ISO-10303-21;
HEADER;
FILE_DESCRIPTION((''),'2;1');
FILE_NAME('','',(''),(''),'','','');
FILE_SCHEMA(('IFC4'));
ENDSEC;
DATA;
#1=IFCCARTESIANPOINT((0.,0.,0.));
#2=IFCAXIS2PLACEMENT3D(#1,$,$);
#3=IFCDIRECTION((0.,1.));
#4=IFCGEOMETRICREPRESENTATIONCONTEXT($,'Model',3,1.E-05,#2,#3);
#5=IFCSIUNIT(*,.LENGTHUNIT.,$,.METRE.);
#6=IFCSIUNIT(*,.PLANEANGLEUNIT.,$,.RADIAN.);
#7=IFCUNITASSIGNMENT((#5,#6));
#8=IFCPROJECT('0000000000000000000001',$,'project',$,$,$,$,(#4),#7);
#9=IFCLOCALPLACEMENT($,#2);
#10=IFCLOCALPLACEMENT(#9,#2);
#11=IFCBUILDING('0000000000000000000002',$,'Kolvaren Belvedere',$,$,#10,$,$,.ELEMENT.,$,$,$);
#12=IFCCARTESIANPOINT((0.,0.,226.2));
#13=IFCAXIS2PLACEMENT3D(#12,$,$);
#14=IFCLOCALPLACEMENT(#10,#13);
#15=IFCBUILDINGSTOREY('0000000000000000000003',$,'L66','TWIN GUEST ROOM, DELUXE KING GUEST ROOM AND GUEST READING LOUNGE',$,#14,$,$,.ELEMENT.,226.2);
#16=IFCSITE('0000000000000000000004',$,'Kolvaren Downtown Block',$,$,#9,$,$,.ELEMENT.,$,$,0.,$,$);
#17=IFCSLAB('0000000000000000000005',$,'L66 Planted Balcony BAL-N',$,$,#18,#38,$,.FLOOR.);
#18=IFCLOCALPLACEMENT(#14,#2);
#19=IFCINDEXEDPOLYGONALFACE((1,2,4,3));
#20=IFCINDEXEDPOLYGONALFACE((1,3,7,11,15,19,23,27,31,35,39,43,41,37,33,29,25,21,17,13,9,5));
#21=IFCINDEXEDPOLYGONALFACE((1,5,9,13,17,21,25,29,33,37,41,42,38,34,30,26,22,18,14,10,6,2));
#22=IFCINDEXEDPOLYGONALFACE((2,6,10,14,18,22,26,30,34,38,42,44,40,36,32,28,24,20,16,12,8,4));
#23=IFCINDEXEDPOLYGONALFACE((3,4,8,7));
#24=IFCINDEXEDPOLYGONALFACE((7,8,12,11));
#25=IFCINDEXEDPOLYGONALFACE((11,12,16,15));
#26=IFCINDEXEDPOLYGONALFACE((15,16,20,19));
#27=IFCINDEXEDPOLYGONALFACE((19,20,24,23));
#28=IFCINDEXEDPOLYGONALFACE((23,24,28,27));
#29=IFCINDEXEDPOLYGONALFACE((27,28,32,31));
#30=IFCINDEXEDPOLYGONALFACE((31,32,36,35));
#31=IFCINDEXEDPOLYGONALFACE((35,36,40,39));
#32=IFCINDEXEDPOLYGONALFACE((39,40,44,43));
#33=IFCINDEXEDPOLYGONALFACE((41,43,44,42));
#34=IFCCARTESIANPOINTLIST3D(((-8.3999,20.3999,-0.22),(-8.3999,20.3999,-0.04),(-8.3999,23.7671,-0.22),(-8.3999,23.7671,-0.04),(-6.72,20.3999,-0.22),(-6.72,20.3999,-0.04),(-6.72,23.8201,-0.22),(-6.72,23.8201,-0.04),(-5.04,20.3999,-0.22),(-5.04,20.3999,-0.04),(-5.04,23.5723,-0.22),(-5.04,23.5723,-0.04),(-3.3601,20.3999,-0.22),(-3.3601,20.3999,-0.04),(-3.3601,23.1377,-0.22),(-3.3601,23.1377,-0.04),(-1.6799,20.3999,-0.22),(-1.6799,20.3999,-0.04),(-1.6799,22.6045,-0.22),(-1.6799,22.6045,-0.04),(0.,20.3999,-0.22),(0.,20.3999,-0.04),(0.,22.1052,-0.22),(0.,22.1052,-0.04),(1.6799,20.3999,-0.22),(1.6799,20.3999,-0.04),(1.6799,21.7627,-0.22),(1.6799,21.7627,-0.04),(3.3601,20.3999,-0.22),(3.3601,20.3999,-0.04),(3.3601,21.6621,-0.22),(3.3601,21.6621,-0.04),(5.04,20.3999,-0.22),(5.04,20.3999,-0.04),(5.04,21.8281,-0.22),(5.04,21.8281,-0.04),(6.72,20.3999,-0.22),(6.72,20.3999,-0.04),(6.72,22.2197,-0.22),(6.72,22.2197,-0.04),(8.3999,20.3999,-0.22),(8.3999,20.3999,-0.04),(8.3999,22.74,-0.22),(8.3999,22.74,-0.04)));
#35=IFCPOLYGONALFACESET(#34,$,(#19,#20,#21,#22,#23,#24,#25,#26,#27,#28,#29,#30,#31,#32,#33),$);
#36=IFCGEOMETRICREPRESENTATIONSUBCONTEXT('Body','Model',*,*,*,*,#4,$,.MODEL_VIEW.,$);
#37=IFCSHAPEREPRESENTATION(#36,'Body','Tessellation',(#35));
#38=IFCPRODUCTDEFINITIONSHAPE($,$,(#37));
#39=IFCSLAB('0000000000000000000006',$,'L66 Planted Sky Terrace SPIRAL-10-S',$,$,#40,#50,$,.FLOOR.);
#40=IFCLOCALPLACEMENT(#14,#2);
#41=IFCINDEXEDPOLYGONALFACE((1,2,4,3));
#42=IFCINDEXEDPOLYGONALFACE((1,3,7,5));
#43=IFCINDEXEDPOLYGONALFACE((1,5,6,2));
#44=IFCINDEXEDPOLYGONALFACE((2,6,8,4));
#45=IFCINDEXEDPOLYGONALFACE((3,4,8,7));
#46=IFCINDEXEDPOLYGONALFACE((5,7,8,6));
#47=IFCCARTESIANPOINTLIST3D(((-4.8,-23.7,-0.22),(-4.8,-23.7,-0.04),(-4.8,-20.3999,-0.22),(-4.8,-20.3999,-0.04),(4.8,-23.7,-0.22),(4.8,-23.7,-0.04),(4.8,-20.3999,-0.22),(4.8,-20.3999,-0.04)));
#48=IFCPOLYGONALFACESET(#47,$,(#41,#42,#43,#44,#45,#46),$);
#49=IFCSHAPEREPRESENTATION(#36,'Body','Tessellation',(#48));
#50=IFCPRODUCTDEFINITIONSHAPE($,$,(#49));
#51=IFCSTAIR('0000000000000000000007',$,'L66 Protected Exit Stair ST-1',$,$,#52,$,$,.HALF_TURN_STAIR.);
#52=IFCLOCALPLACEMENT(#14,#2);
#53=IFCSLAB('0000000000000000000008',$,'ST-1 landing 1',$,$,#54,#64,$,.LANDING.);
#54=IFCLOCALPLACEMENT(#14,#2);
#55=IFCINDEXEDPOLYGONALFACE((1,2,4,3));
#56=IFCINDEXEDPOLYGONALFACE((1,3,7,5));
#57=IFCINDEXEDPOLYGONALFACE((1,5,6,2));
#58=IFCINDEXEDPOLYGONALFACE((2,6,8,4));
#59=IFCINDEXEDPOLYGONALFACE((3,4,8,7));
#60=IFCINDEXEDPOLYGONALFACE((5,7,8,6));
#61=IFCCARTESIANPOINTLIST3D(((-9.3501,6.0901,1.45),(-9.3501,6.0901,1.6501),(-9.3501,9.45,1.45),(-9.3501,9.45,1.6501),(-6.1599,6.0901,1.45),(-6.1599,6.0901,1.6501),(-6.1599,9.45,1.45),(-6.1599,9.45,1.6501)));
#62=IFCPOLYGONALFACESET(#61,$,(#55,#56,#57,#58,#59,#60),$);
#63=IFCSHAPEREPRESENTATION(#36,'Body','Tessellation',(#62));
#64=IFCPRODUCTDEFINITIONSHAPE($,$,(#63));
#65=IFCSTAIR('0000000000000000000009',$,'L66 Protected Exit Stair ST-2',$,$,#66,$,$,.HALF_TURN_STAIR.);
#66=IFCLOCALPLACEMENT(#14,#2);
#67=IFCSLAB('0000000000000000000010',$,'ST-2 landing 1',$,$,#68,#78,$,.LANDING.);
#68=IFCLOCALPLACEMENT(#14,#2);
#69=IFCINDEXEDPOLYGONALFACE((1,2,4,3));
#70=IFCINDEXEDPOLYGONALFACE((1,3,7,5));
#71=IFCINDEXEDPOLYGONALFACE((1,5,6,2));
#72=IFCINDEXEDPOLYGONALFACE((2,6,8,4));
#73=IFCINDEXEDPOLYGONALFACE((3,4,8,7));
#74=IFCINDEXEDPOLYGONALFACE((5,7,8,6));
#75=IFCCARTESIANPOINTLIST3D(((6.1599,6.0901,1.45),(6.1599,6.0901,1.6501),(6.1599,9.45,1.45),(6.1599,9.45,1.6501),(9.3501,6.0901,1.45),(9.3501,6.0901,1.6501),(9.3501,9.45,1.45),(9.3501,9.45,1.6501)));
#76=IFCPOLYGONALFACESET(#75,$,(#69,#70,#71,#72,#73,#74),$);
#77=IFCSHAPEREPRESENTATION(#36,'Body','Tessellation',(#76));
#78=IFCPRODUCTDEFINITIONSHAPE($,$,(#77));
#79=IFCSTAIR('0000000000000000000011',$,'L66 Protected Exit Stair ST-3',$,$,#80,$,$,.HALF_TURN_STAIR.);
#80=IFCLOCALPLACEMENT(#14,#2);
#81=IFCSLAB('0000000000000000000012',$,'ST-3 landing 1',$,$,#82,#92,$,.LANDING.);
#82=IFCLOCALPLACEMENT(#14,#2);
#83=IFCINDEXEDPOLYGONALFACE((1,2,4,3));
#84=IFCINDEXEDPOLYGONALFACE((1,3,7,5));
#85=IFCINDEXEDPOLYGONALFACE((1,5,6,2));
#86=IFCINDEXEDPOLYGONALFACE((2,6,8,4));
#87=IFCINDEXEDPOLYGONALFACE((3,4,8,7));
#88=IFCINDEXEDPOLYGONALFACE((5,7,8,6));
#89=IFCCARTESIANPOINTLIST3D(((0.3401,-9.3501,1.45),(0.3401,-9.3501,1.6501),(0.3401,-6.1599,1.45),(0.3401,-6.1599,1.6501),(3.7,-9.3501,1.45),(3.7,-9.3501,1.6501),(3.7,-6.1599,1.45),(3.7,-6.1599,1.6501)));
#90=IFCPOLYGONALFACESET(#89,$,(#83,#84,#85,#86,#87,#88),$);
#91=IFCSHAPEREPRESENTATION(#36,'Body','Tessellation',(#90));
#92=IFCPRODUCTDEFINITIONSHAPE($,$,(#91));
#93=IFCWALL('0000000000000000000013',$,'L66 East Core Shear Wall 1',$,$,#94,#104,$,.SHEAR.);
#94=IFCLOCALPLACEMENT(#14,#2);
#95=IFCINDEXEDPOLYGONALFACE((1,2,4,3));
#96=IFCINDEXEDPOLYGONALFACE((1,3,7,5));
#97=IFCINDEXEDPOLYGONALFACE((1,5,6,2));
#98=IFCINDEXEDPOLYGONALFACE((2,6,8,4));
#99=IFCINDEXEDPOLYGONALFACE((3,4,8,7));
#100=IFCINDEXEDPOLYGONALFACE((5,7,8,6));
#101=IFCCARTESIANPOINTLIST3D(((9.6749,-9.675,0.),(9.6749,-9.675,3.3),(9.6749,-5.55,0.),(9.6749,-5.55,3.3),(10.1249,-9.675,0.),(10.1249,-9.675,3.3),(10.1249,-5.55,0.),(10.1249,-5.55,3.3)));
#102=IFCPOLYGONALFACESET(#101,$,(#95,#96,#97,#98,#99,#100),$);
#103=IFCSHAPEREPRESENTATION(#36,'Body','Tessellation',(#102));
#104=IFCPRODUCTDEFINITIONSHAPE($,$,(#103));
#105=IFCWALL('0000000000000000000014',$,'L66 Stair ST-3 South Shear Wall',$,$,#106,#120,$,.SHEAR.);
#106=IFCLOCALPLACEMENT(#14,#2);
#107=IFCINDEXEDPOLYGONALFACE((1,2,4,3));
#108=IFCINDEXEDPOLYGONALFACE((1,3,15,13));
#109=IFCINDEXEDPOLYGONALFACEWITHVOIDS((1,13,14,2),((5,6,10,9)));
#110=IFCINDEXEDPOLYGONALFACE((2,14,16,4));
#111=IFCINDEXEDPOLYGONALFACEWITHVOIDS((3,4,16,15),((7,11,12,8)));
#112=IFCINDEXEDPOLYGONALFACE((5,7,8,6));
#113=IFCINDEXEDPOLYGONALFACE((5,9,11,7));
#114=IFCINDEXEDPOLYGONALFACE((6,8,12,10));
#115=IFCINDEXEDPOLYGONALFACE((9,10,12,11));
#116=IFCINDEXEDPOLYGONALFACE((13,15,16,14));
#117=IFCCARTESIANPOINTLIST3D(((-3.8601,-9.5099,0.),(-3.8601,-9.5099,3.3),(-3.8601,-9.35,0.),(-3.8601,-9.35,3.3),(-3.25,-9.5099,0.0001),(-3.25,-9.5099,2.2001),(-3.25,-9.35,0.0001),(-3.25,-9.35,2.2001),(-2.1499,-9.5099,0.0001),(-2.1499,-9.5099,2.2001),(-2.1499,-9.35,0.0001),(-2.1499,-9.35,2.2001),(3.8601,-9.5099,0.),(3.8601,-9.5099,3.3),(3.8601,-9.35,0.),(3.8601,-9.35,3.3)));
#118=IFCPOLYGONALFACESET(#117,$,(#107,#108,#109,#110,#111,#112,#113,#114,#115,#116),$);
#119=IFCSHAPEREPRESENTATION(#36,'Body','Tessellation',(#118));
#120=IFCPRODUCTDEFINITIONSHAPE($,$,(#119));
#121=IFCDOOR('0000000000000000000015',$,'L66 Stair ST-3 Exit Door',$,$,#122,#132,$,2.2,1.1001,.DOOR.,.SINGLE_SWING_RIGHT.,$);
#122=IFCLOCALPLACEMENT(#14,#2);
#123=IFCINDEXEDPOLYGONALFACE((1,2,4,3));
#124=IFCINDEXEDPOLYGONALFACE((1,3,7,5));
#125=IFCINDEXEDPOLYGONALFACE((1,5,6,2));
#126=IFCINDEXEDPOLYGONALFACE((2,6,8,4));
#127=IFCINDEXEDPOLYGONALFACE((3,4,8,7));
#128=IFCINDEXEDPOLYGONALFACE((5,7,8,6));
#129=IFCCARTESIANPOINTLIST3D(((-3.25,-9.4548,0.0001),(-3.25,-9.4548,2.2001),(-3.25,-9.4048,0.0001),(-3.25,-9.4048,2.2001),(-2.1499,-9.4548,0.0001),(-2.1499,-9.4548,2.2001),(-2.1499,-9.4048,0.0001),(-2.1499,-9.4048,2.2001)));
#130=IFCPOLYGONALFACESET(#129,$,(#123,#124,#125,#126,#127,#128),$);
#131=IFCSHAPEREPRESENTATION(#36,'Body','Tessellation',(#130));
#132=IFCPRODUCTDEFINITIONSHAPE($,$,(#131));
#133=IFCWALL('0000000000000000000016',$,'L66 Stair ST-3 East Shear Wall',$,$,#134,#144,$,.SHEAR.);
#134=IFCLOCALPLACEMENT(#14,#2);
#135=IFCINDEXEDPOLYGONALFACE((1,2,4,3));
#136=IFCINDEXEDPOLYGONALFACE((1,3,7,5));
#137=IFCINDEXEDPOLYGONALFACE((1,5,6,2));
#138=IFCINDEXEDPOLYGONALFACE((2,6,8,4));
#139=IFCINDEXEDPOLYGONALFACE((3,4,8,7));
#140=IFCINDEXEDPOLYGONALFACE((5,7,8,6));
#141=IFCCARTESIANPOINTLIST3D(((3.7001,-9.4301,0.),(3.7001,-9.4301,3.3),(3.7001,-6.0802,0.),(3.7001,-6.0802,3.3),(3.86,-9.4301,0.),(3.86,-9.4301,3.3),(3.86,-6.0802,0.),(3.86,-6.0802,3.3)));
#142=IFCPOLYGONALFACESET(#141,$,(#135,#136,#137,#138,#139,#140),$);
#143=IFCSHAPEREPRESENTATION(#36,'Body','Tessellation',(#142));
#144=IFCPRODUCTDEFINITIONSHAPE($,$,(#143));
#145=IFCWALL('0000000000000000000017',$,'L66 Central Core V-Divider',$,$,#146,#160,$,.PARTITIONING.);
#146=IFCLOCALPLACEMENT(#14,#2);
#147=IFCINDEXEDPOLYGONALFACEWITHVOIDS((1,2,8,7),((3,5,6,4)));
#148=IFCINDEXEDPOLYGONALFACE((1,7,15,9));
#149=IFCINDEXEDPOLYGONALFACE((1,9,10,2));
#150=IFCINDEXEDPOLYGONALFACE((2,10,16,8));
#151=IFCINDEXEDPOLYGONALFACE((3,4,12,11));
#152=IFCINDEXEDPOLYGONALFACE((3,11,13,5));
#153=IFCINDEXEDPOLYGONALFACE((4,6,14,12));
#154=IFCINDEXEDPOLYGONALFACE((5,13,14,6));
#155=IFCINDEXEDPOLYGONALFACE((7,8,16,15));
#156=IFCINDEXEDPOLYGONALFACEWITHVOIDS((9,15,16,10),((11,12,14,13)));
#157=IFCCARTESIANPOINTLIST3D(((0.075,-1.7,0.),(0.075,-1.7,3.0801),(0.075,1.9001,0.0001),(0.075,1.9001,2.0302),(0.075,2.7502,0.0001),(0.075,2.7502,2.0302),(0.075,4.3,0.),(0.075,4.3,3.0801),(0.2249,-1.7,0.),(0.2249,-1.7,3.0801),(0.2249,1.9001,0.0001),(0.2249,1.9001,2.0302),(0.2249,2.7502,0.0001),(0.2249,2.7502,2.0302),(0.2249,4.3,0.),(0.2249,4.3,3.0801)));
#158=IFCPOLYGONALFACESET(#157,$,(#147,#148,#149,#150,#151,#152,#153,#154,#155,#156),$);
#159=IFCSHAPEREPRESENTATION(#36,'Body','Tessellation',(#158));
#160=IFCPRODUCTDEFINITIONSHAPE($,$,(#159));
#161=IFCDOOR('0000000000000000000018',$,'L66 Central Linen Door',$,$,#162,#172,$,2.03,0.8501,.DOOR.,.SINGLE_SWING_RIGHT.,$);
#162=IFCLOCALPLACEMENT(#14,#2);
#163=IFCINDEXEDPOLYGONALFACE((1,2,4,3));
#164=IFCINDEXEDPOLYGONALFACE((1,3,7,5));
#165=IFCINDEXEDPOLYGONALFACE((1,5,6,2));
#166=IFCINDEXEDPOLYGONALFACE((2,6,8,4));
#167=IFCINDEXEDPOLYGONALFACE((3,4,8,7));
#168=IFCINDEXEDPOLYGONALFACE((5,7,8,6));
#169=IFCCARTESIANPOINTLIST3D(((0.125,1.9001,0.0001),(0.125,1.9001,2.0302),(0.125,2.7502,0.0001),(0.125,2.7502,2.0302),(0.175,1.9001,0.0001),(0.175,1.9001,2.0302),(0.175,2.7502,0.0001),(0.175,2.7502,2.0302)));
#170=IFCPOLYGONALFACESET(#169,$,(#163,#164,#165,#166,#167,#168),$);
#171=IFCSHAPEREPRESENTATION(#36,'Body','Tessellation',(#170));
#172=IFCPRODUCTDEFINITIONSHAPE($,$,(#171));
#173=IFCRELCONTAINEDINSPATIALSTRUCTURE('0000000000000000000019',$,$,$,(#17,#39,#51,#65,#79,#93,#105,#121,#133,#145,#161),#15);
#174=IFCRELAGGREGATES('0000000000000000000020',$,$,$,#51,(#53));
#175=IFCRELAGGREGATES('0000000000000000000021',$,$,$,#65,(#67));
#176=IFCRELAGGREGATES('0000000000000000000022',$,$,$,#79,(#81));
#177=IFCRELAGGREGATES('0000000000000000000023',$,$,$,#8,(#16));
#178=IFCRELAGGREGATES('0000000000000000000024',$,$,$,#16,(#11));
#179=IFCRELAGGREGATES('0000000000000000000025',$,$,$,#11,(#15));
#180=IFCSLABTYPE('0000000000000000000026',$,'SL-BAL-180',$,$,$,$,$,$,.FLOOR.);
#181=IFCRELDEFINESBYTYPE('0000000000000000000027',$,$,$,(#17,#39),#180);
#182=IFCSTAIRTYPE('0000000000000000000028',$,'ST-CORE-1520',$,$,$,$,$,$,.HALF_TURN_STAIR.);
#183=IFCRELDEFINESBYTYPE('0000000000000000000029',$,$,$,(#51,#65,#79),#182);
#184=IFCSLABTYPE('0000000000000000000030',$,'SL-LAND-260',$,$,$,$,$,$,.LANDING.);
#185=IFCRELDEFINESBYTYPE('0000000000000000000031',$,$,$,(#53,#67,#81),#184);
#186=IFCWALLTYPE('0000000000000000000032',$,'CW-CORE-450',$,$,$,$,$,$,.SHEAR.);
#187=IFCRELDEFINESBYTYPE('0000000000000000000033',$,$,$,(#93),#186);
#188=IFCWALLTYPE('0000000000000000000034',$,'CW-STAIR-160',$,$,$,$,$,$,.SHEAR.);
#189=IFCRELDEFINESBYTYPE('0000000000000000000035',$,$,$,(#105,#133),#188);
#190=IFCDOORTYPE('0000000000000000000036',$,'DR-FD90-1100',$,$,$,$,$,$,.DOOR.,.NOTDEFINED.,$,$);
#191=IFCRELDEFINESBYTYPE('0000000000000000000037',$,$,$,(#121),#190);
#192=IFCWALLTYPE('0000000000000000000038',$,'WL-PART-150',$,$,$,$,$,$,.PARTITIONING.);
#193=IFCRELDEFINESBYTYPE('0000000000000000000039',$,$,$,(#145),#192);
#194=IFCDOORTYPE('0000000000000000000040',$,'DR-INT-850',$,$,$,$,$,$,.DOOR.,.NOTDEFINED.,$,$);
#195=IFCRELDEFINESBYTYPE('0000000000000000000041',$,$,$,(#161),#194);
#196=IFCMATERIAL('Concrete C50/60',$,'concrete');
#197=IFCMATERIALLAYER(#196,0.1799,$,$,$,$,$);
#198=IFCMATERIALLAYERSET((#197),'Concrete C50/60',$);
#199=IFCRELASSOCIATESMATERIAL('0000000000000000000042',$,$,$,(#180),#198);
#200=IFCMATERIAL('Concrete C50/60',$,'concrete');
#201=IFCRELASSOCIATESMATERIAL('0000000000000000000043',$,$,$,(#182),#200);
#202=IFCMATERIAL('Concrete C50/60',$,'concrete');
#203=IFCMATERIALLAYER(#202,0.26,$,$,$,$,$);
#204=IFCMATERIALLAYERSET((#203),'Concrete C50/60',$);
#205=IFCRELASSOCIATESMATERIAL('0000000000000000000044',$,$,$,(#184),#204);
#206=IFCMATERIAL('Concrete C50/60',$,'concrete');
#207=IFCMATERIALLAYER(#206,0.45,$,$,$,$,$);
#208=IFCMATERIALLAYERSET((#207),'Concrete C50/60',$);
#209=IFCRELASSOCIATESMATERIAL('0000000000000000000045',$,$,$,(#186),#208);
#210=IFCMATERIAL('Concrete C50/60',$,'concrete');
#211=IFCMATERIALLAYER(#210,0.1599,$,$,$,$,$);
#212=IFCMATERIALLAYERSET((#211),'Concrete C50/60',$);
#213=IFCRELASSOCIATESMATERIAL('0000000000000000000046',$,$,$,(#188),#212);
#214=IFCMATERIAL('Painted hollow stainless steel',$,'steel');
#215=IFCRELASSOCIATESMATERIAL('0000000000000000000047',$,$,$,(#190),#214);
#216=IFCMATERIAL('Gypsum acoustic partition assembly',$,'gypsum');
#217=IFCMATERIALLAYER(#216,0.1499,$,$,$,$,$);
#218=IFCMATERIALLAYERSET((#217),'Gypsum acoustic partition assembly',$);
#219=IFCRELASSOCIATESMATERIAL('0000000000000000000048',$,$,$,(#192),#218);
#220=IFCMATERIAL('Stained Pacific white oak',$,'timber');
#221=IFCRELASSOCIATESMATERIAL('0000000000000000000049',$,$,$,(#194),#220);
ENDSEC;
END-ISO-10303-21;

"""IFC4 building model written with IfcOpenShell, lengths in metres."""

from ifc_helpers import new_model, si_unit, direction, frame, frame_2d, origin, place, context, subcontext, project, spatial, polyline, rectangle, outline, extrude, material, layer, layer_set, type_object, element, fill, aggregate, save


model = new_model("IFC4")

# Units and contexts
model_context = context("Model", 3, precision=1e-05, world=origin(), true_north=direction((0.0, 1.0)))
body_context = subcontext(model_context, "Body", "Model", "MODEL_VIEW")
ifc_project = project(units=[si_unit("LENGTHUNIT", "METRE"), si_unit("PLANEANGLEUNIT", "RADIAN")], contexts=[model_context])

# Site, building, storey
site_placement = place(None, origin())
site = spatial("IfcSite", under=ifc_project, at=site_placement, Name="Kolvaren Downtown Block", CompositionType="ELEMENT", RefElevation=0.0)
building_placement = place(site_placement, origin())
building = spatial("IfcBuilding", under=site, at=building_placement, Name="Kolvaren Belvedere", CompositionType="ELEMENT")
storey_placement = place(building_placement, frame((0.0, 0.0, 226.2)))
storey = spatial("IfcBuildingStorey", under=building, at=storey_placement, Name="L66", Description="TWIN GUEST ROOM, DELUXE KING GUEST ROOM AND GUEST READING LOUNGE", CompositionType="ELEMENT", Elevation=226.2)

# Slabs
ifc_material_1 = material(Name="Concrete C50/60", Category="concrete")
ifc_layer_1 = layer(ifc_material_1, 0.1799)
ifc_layer_set_1 = layer_set([ifc_layer_1], Name="Concrete C50/60")
slab_type_1 = type_object("IfcSlabType", Name="SL-BAL-180", PredefinedType="FLOOR", material=ifc_layer_set_1)
slab_1_placement = place(storey_placement, frame((0.0, 0.0, -0.22)))
element("IfcSlab", 1, at=slab_1_placement, inside=storey, type_object=slab_type_1, Name="L66 Planted Balcony BAL-N", PredefinedType="FLOOR", context=body_context, shape_type="SweptSolid", body=[
    extrude(outline(polyline([(-8.3999, 20.3999), (-6.72, 20.3999), (-5.04, 20.3999), (-3.3601, 20.3999), (-1.6799, 20.3999), (0.0, 20.3999), (1.6799, 20.3999), (3.3601, 20.3999), (5.04, 20.3999), (6.72, 20.3999), (8.3999, 20.3999), (8.3999, 22.74), (6.72, 22.2197), (5.04, 21.8281), (3.3601, 21.6621), (1.6799, 21.7627), (0.0, 22.1052), (-1.6799, 22.6045), (-3.3601, 23.1377), (-5.04, 23.5723), (-6.72, 23.8201), (-8.3999, 23.7671), (-8.3999, 20.3999)])), origin(), (0.0, 0.0, 1.0), 0.1799),
])
slab_2_placement = place(storey_placement, frame((0.0, 0.0, -0.22)))
element("IfcSlab", 2, at=slab_2_placement, inside=storey, type_object=slab_type_1, Name="L66 Planted Sky Terrace SPIRAL-10-S", PredefinedType="FLOOR", context=body_context, shape_type="SweptSolid", body=[
    extrude(outline(polyline([(-4.8, -23.7), (4.8, -23.7), (4.8, -20.3999), (-4.8, -20.3999), (-4.8, -23.7)])), origin(), (0.0, 0.0, 1.0), 0.1799),
])

# Stairs, slabs
ifc_material_2 = material(Name="Concrete C50/60", Category="concrete")
stair_type = type_object("IfcStairType", Name="ST-CORE-1520", PredefinedType="HALF_TURN_STAIR", material=ifc_material_2)
stair_1_placement = place(storey_placement, origin())
stair_1 = element("IfcStair", 3, at=stair_1_placement, inside=storey, type_object=stair_type, Name="L66 Protected Exit Stair ST-1", PredefinedType="HALF_TURN_STAIR")
ifc_material_3 = material(Name="Concrete C50/60", Category="concrete")
ifc_layer_2 = layer(ifc_material_3, 0.26)
ifc_layer_set_2 = layer_set([ifc_layer_2], Name="Concrete C50/60")
slab_type_2 = type_object("IfcSlabType", Name="SL-LAND-260", PredefinedType="LANDING", material=ifc_layer_set_2)
slab_3_placement = place(storey_placement, frame((0.0, 0.0, 1.45)))
slab_3 = element("IfcSlab", 4, at=slab_3_placement, type_object=slab_type_2, Name="ST-1 landing 1", PredefinedType="LANDING", context=body_context, shape_type="SweptSolid", body=[
    extrude(outline(polyline([(-6.1599, 6.0901), (-6.1599, 9.45), (-9.3501, 9.45), (-9.3501, 6.0901), (-6.1599, 6.0901)])), origin(), (0.0, 0.0, 1.0), 0.2002),
])
aggregate(stair_1, [slab_3])
stair_2_placement = place(storey_placement, origin())
stair_2 = element("IfcStair", 5, at=stair_2_placement, inside=storey, type_object=stair_type, Name="L66 Protected Exit Stair ST-2", PredefinedType="HALF_TURN_STAIR")
slab_4_placement = place(storey_placement, frame((0.0, 0.0, 1.45)))
slab_4 = element("IfcSlab", 6, at=slab_4_placement, type_object=slab_type_2, Name="ST-2 landing 1", PredefinedType="LANDING", context=body_context, shape_type="SweptSolid", body=[
    extrude(outline(polyline([(9.3501, 6.0901), (9.3501, 9.45), (6.1599, 9.45), (6.1599, 6.0901), (9.3501, 6.0901)])), origin(), (0.0, 0.0, 1.0), 0.2002),
])
aggregate(stair_2, [slab_4])
stair_3_placement = place(storey_placement, origin())
stair_3 = element("IfcStair", 7, at=stair_3_placement, inside=storey, type_object=stair_type, Name="L66 Protected Exit Stair ST-3", PredefinedType="HALF_TURN_STAIR")
slab_5_placement = place(storey_placement, frame((0.0, 0.0, 1.45)))
slab_5 = element("IfcSlab", 8, at=slab_5_placement, type_object=slab_type_2, Name="ST-3 landing 1", PredefinedType="LANDING", context=body_context, shape_type="SweptSolid", body=[
    extrude(outline(polyline([(0.3401, -9.3501), (3.7, -9.3501), (3.7, -6.1599), (0.3401, -6.1599), (0.3401, -9.3501)])), origin(), (0.0, 0.0, 1.0), 0.2002),
])

# Wall
ifc_material_4 = material(Name="Concrete C50/60", Category="concrete")
ifc_layer_3 = layer(ifc_material_4, 0.45)
ifc_layer_set_3 = layer_set([ifc_layer_3], Name="Concrete C50/60")
wall_type_1 = type_object("IfcWallType", Name="CW-CORE-450", PredefinedType="SHEAR", material=ifc_layer_set_3)
wall_1_placement = place(storey_placement, frame((9.8999, -9.675, 0.0), z_axis=(0.0, 0.0, 1.0), x_axis=(0.0, 1.0, 0.0)))
element("IfcWall", 9, at=wall_1_placement, inside=storey, type_object=wall_type_1, Name="L66 East Core Shear Wall 1", PredefinedType="SHEAR", context=body_context, shape_type="SweptSolid", body=[
    extrude(rectangle(XDim=4.125, YDim=0.45, at=frame_2d((2.0625, 0.0))), origin(), (0.0, 0.0, 1.0), 3.3),
])

# Wall, opening, door
ifc_material_5 = material(Name="Concrete C50/60", Category="concrete")
ifc_layer_4 = layer(ifc_material_5, 0.1599)
ifc_layer_set_4 = layer_set([ifc_layer_4], Name="Concrete C50/60")
wall_type_2 = type_object("IfcWallType", Name="CW-STAIR-160", PredefinedType="SHEAR", material=ifc_layer_set_4)
wall_2_placement = place(storey_placement, frame((3.8601, -9.4299, 0.0), z_axis=(0.0, 0.0, 1.0), x_axis=(-1.0, 0.0, 0.0)))
wall_2 = element("IfcWall", 10, at=wall_2_placement, inside=storey, type_object=wall_type_2, Name="L66 Stair ST-3 South Shear Wall", PredefinedType="SHEAR", context=body_context, shape_type="SweptSolid", body=[
    extrude(rectangle(XDim=7.7202, YDim=0.1599, at=frame_2d((3.8601, 0.0))), origin(), (0.0, 0.0, 1.0), 3.3),
])
opening_1_placement = place(wall_2_placement, frame((6.01, 0.0, 0.0)))
opening_1 = element("IfcOpeningElement", 11, at=opening_1_placement, cuts=wall_2, PredefinedType="OPENING", context=body_context, shape_type="SweptSolid", body=[
    extrude(rectangle(XDim=1.1001, YDim=2.2, at=frame_2d((0.55, 1.1001))), frame((0.0, 0.0898, 0.0), z_axis=(0.0, -1.0, 0.0), x_axis=(1.0, 0.0, 0.0)), (0.0, 0.0, 1.0), 0.1799),
])
ifc_material_6 = material(Name="Painted hollow stainless steel", Category="steel")
door_type_1 = type_object("IfcDoorType", Name="DR-FD90-1100", OperationType="NOTDEFINED", PredefinedType="DOOR", material=ifc_material_6)
door_1_placement = place(opening_1_placement, origin())
door_1 = element("IfcDoor", 12, at=door_1_placement, inside=storey, type_object=door_type_1, Name="L66 Stair ST-3 Exit Door", OperationType="SINGLE_SWING_RIGHT", OverallHeight=2.2, OverallWidth=1.1001, PredefinedType="DOOR", context=body_context, shape_type="SweptSolid", body=[
    extrude(rectangle(XDim=1.1001, YDim=2.2, at=frame_2d((0.55, 1.1001))), frame((0.0, 0.0249, 0.0), z_axis=(0.0, -1.0, 0.0), x_axis=(1.0, 0.0, 0.0)), (0.0, 0.0, 1.0), 0.05),
])
fill(opening_1, door_1)

# Wall
wall_3_placement = place(storey_placement, frame((3.78, -9.4299, 0.0), z_axis=(0.0, 0.0, 1.0), x_axis=(0.0, 1.0, 0.0)))
element("IfcWall", 13, at=wall_3_placement, inside=storey, type_object=wall_type_2, Name="L66 Stair ST-3 East Shear Wall", PredefinedType="SHEAR", context=body_context, shape_type="SweptSolid", body=[
    extrude(rectangle(XDim=3.3499, YDim=0.1599, at=frame_2d((1.6748, 0.0))), origin(), (0.0, 0.0, 1.0), 3.3),
])

# Wall, opening, door
ifc_material_7 = material(Name="Gypsum acoustic partition assembly", Category="gypsum")
ifc_layer_5 = layer(ifc_material_7, 0.1499)
ifc_layer_set_5 = layer_set([ifc_layer_5], Name="Gypsum acoustic partition assembly")
wall_type_3 = type_object("IfcWallType", Name="WL-PART-150", PredefinedType="PARTITIONING", material=ifc_layer_set_5)
wall_4_placement = place(storey_placement, frame((0.1499, -1.7, 0.0), z_axis=(0.0, 0.0, 1.0), x_axis=(0.0, 1.0, 0.0)))
wall_4 = element("IfcWall", 14, at=wall_4_placement, inside=storey, type_object=wall_type_3, Name="L66 Central Core V-Divider", PredefinedType="PARTITIONING", context=body_context, shape_type="SweptSolid", body=[
    extrude(rectangle(XDim=6.0, YDim=0.1499, at=frame_2d((3.0, 0.0))), origin(), (0.0, 0.0, 1.0), 3.0801),
])
opening_2_placement = place(wall_4_placement, frame((3.6001, 0.0, 0.0)))
opening_2 = element("IfcOpeningElement", 15, at=opening_2_placement, cuts=wall_4, PredefinedType="OPENING", context=body_context, shape_type="SweptSolid", body=[
    extrude(rectangle(XDim=0.8501, YDim=2.03, at=frame_2d((0.425, 1.0151))), frame((0.0, 0.085, 0.0), z_axis=(0.0, -1.0, 0.0), x_axis=(1.0, 0.0, 0.0)), (0.0, 0.0, 1.0), 0.1699),
])
ifc_material_8 = material(Name="Stained Pacific white oak", Category="timber")
door_type_2 = type_object("IfcDoorType", Name="DR-INT-850", OperationType="NOTDEFINED", PredefinedType="DOOR", material=ifc_material_8)
door_2_placement = place(opening_2_placement, origin())
door_2 = element("IfcDoor", 16, at=door_2_placement, inside=storey, type_object=door_type_2, Name="L66 Central Linen Door", OperationType="SINGLE_SWING_RIGHT", OverallHeight=2.03, OverallWidth=0.8501, PredefinedType="DOOR", context=body_context, shape_type="SweptSolid", body=[
    extrude(rectangle(XDim=0.8501, YDim=2.03, at=frame_2d((0.425, 1.0151))), frame((0.0, 0.0249, 0.0), z_axis=(0.0, -1.0, 0.0), x_axis=(1.0, 0.0, 0.0)), (0.0, 0.0, 1.0), 0.05),
])
fill(opening_2, door_2)

aggregate(stair_3, [slab_5])

save(model, "model.ifc")
